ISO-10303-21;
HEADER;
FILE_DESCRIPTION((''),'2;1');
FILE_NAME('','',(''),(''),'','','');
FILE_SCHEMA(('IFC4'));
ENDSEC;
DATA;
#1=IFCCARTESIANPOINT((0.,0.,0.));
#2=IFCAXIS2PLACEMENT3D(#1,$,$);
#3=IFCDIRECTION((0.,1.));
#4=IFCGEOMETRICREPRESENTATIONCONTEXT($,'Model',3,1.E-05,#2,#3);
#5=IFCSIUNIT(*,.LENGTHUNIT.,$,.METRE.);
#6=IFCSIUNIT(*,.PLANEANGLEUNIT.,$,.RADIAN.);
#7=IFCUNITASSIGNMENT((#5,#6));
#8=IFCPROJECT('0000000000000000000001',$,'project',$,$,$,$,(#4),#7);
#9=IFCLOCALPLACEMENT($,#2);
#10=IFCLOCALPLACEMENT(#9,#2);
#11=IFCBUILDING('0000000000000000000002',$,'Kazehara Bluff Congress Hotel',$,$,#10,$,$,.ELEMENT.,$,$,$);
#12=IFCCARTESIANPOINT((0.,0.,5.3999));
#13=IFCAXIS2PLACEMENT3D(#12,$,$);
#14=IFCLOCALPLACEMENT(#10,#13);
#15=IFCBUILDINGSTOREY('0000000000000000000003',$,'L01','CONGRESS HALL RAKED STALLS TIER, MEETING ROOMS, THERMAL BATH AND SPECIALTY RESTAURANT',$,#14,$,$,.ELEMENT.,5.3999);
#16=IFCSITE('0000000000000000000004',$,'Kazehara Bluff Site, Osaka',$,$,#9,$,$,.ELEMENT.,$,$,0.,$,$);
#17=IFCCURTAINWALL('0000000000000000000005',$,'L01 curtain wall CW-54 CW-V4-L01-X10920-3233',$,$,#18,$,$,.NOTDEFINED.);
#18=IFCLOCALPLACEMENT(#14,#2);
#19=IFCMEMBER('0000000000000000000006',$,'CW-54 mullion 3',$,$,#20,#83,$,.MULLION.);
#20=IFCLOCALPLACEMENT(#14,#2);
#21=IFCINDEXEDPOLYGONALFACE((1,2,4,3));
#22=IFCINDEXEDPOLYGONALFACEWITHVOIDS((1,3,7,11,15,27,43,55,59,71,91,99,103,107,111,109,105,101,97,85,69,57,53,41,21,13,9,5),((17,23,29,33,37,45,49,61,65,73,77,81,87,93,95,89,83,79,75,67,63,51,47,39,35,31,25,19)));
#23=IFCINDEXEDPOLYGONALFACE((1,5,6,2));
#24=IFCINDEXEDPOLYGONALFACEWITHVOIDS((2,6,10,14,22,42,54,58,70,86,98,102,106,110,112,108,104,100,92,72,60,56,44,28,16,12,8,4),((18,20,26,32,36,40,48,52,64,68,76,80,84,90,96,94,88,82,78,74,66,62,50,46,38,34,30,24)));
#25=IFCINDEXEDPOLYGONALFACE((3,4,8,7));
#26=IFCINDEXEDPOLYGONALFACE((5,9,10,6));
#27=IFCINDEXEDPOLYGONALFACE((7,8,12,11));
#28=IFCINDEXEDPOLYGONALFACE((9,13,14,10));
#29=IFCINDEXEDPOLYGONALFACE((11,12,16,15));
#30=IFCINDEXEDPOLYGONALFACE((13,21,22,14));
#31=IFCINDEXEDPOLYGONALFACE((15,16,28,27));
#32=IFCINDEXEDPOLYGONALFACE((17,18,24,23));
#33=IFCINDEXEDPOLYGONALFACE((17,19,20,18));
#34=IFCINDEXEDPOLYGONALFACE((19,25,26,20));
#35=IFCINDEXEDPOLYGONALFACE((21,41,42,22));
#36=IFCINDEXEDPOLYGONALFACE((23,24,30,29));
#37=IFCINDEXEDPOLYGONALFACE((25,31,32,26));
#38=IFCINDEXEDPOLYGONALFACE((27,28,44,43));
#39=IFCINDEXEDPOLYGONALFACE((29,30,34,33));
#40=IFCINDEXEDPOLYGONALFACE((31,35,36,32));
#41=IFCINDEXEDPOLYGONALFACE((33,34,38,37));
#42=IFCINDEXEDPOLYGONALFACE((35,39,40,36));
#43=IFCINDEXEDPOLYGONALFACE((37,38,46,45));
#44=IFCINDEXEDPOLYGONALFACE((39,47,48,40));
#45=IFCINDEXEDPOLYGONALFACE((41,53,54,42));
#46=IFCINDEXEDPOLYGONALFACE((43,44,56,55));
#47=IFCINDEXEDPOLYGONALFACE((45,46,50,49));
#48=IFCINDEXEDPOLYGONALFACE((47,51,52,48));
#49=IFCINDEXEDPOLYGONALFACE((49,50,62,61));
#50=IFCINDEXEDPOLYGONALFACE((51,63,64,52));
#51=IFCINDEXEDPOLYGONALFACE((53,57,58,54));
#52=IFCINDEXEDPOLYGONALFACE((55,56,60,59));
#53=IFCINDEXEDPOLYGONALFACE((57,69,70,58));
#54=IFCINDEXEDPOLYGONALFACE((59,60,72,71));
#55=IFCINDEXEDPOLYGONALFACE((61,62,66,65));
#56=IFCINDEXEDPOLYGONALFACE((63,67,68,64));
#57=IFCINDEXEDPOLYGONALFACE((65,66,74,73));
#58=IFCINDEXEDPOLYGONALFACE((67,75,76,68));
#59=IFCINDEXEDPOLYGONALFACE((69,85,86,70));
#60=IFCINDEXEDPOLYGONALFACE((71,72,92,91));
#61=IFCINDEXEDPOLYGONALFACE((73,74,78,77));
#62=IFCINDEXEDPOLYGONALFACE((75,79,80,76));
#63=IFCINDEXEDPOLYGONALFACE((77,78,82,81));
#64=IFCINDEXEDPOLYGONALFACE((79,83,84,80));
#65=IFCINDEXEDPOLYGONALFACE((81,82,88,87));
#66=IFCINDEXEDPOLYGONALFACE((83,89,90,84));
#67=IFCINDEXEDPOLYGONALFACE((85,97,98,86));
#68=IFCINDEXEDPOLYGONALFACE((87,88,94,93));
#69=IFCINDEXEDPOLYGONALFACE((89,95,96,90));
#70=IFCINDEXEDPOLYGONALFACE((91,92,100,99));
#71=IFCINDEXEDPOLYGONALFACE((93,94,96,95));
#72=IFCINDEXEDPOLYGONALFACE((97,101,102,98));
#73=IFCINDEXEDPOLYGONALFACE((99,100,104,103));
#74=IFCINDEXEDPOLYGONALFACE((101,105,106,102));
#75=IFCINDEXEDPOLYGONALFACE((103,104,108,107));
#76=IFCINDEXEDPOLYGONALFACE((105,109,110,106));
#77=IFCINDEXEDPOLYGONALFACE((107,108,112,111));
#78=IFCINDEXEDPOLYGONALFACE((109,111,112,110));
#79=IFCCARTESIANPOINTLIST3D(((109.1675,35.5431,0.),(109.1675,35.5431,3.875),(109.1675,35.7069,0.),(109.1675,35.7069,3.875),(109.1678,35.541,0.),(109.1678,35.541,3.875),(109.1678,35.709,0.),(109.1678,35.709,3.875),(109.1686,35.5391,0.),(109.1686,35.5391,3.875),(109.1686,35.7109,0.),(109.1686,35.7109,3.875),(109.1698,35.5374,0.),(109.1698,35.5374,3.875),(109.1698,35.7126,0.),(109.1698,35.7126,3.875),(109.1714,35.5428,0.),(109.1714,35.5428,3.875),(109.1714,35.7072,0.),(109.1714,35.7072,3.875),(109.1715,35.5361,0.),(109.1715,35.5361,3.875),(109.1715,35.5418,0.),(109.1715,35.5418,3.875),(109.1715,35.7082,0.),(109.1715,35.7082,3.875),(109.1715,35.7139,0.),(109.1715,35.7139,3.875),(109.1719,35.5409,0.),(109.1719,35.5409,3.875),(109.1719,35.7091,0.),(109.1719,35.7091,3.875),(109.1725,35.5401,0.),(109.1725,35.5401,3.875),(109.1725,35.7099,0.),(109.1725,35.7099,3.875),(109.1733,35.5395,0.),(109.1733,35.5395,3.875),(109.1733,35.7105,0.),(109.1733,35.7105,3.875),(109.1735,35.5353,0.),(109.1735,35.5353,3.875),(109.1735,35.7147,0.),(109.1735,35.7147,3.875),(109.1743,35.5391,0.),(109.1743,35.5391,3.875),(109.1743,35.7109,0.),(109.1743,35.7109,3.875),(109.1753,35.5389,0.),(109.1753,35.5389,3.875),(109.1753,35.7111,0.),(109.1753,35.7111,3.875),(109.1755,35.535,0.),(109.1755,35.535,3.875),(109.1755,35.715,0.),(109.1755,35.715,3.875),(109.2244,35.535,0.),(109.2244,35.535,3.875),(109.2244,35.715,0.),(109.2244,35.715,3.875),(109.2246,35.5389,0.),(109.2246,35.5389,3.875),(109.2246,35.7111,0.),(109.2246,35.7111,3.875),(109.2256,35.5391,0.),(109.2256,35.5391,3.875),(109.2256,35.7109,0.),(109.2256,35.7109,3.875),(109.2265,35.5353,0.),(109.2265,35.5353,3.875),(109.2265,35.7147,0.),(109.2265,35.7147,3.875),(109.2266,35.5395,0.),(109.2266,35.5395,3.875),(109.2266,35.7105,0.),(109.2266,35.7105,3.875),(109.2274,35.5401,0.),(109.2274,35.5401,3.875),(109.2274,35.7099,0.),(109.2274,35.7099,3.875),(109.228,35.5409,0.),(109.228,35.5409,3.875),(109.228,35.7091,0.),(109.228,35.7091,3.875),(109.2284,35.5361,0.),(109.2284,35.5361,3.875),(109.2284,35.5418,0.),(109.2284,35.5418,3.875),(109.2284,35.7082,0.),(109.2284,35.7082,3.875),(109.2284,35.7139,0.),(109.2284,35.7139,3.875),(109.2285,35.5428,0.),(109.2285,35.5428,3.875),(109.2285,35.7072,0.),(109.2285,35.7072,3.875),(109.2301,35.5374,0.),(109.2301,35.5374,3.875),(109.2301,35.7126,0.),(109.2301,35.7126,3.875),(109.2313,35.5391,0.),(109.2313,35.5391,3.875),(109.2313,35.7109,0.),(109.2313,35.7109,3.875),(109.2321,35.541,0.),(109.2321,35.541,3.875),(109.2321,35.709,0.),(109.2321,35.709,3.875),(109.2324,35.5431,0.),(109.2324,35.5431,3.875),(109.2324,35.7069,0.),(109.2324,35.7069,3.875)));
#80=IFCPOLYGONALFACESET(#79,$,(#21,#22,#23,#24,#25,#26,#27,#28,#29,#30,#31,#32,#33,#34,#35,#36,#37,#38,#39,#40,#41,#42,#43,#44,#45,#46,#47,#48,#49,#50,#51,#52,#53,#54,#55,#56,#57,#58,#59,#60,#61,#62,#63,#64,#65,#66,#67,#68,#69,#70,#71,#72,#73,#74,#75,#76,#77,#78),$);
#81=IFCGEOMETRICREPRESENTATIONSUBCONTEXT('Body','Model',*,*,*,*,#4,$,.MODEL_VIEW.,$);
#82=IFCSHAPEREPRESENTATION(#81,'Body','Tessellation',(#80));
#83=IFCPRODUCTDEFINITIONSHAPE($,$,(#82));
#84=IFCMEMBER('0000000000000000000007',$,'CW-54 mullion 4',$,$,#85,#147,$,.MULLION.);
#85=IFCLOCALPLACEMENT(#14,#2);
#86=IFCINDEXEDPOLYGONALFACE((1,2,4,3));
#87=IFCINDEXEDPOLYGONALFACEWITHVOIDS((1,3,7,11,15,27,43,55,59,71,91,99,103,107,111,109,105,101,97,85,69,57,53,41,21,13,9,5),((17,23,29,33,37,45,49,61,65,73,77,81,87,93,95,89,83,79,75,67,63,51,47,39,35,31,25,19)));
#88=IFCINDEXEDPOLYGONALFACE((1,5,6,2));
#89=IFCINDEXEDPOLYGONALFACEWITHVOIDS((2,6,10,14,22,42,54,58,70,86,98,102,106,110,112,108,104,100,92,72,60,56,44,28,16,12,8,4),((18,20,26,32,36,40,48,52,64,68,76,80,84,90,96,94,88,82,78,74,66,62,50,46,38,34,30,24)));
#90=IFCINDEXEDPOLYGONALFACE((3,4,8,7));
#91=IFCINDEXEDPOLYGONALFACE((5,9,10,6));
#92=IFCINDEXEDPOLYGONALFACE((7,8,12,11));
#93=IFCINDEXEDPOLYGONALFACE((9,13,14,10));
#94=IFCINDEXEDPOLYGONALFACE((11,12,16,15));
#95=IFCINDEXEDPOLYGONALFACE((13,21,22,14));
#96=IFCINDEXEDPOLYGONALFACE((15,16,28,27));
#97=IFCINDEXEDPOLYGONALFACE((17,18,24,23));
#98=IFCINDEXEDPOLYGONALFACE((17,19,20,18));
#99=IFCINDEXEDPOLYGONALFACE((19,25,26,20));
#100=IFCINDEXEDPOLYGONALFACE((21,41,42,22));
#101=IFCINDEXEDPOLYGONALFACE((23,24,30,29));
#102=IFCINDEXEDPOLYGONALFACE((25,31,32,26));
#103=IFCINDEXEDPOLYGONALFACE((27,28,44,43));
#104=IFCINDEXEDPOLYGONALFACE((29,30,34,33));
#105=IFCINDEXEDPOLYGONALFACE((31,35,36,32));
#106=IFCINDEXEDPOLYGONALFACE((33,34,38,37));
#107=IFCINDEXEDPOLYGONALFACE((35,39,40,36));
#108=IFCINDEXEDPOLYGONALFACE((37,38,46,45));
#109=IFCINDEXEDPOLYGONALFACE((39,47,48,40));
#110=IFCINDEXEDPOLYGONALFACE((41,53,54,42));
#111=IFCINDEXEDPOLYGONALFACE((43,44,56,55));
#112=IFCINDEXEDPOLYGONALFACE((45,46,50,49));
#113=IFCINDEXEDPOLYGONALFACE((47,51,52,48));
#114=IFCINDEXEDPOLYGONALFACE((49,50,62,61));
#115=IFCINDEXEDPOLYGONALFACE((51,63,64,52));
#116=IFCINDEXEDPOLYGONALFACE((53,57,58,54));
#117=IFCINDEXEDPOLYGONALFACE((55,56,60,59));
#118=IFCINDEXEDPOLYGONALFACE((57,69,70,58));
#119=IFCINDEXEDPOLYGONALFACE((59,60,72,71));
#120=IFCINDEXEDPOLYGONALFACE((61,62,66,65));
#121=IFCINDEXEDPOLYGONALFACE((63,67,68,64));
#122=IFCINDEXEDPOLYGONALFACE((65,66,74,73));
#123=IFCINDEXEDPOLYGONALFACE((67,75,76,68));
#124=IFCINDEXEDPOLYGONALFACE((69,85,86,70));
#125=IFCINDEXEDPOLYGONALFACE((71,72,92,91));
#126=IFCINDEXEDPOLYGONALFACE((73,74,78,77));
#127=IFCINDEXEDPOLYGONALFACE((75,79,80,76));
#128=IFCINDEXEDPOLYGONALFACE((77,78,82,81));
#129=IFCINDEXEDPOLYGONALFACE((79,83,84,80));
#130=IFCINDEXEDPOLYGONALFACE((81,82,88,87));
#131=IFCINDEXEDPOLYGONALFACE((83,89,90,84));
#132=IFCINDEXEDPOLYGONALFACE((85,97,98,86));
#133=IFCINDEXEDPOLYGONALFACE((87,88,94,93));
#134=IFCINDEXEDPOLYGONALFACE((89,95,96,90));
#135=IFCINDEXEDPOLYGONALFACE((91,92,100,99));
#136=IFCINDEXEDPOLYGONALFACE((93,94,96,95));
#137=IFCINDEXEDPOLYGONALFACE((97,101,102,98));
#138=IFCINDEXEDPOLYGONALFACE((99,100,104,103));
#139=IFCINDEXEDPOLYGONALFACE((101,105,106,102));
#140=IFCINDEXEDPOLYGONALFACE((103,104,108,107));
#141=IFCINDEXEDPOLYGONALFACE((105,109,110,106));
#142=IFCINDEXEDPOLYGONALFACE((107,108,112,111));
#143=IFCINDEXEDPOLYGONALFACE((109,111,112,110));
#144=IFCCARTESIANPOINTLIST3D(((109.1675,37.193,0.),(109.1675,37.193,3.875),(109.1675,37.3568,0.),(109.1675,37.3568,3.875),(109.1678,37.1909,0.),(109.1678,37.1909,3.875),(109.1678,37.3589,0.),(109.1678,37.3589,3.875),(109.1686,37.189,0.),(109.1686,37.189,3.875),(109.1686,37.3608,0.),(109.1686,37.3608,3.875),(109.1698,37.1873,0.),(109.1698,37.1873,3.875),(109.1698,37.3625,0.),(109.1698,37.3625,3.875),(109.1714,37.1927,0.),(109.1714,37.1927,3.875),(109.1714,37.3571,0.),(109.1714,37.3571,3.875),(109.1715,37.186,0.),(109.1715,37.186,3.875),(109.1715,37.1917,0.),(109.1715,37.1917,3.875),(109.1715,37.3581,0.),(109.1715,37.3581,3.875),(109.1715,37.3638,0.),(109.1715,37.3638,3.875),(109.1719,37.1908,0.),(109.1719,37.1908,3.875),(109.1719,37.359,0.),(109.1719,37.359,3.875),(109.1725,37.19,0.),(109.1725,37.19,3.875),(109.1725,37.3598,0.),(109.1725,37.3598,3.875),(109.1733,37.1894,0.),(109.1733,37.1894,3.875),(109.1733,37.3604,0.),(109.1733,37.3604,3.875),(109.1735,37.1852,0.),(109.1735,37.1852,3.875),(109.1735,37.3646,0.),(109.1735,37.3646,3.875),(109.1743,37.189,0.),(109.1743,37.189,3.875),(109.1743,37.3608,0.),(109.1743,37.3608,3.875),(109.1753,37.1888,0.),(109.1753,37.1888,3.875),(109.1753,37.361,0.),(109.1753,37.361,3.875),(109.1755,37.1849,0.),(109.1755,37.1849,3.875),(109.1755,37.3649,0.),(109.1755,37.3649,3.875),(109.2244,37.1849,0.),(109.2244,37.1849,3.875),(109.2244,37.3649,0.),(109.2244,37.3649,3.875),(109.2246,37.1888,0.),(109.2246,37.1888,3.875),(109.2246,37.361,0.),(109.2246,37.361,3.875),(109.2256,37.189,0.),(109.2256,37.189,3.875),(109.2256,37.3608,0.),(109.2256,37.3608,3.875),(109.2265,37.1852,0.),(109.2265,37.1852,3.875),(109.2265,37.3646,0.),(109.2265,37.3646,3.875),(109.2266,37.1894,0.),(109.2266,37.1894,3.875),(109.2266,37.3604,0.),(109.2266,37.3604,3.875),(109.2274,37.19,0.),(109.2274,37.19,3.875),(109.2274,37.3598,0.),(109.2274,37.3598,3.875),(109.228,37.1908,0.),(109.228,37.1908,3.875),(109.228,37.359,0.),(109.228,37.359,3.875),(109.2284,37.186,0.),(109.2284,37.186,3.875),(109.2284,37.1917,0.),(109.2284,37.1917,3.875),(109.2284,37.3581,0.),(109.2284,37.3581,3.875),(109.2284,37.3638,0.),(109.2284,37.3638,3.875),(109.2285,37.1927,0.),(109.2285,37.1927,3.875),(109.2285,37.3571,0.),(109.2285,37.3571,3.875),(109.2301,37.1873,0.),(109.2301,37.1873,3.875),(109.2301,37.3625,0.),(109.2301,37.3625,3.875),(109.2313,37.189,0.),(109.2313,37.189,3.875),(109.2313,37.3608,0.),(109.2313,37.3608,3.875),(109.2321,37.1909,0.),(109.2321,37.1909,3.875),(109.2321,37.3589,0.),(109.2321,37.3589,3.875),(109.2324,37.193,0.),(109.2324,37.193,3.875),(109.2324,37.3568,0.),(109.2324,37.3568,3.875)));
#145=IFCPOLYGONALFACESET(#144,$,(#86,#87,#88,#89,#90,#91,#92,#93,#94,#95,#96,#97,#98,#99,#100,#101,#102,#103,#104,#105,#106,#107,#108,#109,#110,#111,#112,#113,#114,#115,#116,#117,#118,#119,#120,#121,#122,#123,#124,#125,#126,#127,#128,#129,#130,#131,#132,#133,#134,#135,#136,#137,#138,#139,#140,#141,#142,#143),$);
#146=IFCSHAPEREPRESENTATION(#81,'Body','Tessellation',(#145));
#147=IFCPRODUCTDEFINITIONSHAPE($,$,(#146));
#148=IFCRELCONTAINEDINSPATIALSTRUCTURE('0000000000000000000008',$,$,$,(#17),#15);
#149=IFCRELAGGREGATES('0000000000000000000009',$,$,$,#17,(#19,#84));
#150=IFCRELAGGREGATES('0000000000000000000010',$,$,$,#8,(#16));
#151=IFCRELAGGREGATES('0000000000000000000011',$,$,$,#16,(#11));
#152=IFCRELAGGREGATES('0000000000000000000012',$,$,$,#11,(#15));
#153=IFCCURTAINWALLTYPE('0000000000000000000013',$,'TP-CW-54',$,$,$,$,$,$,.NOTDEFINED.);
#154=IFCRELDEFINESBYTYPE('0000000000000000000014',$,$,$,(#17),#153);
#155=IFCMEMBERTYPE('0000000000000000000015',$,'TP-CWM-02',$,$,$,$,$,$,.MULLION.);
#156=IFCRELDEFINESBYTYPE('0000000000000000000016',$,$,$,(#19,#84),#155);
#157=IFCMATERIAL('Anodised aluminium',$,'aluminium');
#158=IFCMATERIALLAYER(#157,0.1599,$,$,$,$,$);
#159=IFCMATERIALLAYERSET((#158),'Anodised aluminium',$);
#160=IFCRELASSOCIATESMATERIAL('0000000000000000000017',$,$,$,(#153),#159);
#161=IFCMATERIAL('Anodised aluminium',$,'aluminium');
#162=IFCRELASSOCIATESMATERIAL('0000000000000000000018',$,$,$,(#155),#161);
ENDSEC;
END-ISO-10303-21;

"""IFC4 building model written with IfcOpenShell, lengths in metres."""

from ifc_helpers import new_model, si_unit, direction, frame, origin, origin_2d, place, context, subcontext, project, spatial, hollow_rectangle, extrude, material, layer, layer_set, material_profile, profile_set, type_object, element, aggregate, save


model = new_model("IFC4")

# Units and contexts
model_context = context("Model", 3, precision=1e-05, world=origin(), true_north=direction((0.0, 1.0)))
body_context = subcontext(model_context, "Body", "Model", "MODEL_VIEW")
ifc_project = project(units=[si_unit("LENGTHUNIT", "METRE"), si_unit("PLANEANGLEUNIT", "RADIAN")], contexts=[model_context])

# Site, building, storey
site_placement = place(None, origin())
site = spatial("IfcSite", under=ifc_project, at=site_placement, Name="Kazehara Bluff Site, Osaka", CompositionType="ELEMENT", RefElevation=0.0)
building_placement = place(site_placement, origin())
building = spatial("IfcBuilding", under=site, at=building_placement, Name="Kazehara Bluff Congress Hotel", CompositionType="ELEMENT")
storey_placement = place(building_placement, frame((0.0, 0.0, 5.3999)))
storey = spatial("IfcBuildingStorey", under=building, at=storey_placement, Name="L01", Description="CONGRESS HALL RAKED STALLS TIER, MEETING ROOMS, THERMAL BATH AND SPECIALTY RESTAURANT", CompositionType="ELEMENT", Elevation=5.3999)

# Curtain wall, members
ifc_material_1 = material(Name="Anodised aluminium", Category="aluminium")
ifc_layer_1 = layer(ifc_material_1, 0.1599)
ifc_layer_set_1 = layer_set([ifc_layer_1], Name="Anodised aluminium")
curtain_wall_type_1 = type_object("IfcCurtainWallType", Name="TP-CW-54", PredefinedType="NOTDEFINED", material=ifc_layer_set_1)
curtain_wall_1_placement = place(storey_placement, origin())
curtain_wall_1 = element("IfcCurtainWall", 1, at=curtain_wall_1_placement, inside=storey, type_object=curtain_wall_type_1, Name="L01 curtain wall CW-54 CW-V4-L01-X10920-3233", PredefinedType="NOTDEFINED")
ifc_material_2 = material(Name="Anodised aluminium", Category="aluminium")
ifc_material_profile_1 = material_profile(ifc_material_2, hollow_rectangle(XDim=0.0649, YDim=0.1799, WallThickness=0.0039, InnerFilletRadius=0.0039, OuterFilletRadius=0.0081, at=origin_2d()))
ifc_profile_set_1 = profile_set([ifc_material_profile_1], Name="Anodised aluminium")
member_type_1 = type_object("IfcMemberType", Name="TP-CWM-02", PredefinedType="MULLION", material=ifc_profile_set_1)
member_1_placement = place(storey_placement, frame((109.2, 35.625, 0.0), z_axis=(0.0, 0.0, 1.0), x_axis=(-1.0, 0.0, 0.0)))
member_1 = element("IfcMember", 2, at=member_1_placement, type_object=member_type_1, Name="CW-54 mullion 3", PredefinedType="MULLION", context=body_context, shape_type="SweptSolid", body=[
    extrude(hollow_rectangle(XDim=0.0649, YDim=0.1799, WallThickness=0.0039, InnerFilletRadius=0.0039, OuterFilletRadius=0.0081, at=origin_2d()), origin(), (0.0, 0.0, 1.0), 3.875),
])
member_2_placement = place(storey_placement, frame((109.2, 37.2749, 0.0), z_axis=(0.0, 0.0, 1.0), x_axis=(-1.0, 0.0, 0.0)))
member_2 = element("IfcMember", 3, at=member_2_placement, type_object=member_type_1, Name="CW-54 mullion 4", PredefinedType="MULLION", context=body_context, shape_type="SweptSolid", body=[
    extrude(hollow_rectangle(XDim=0.0649, YDim=0.1799, WallThickness=0.0039, InnerFilletRadius=0.0039, OuterFilletRadius=0.0081, at=origin_2d()), origin(), (0.0, 0.0, 1.0), 3.875),
])

aggregate(curtain_wall_1, [member_1, member_2])

save(model, "model.ifc")
